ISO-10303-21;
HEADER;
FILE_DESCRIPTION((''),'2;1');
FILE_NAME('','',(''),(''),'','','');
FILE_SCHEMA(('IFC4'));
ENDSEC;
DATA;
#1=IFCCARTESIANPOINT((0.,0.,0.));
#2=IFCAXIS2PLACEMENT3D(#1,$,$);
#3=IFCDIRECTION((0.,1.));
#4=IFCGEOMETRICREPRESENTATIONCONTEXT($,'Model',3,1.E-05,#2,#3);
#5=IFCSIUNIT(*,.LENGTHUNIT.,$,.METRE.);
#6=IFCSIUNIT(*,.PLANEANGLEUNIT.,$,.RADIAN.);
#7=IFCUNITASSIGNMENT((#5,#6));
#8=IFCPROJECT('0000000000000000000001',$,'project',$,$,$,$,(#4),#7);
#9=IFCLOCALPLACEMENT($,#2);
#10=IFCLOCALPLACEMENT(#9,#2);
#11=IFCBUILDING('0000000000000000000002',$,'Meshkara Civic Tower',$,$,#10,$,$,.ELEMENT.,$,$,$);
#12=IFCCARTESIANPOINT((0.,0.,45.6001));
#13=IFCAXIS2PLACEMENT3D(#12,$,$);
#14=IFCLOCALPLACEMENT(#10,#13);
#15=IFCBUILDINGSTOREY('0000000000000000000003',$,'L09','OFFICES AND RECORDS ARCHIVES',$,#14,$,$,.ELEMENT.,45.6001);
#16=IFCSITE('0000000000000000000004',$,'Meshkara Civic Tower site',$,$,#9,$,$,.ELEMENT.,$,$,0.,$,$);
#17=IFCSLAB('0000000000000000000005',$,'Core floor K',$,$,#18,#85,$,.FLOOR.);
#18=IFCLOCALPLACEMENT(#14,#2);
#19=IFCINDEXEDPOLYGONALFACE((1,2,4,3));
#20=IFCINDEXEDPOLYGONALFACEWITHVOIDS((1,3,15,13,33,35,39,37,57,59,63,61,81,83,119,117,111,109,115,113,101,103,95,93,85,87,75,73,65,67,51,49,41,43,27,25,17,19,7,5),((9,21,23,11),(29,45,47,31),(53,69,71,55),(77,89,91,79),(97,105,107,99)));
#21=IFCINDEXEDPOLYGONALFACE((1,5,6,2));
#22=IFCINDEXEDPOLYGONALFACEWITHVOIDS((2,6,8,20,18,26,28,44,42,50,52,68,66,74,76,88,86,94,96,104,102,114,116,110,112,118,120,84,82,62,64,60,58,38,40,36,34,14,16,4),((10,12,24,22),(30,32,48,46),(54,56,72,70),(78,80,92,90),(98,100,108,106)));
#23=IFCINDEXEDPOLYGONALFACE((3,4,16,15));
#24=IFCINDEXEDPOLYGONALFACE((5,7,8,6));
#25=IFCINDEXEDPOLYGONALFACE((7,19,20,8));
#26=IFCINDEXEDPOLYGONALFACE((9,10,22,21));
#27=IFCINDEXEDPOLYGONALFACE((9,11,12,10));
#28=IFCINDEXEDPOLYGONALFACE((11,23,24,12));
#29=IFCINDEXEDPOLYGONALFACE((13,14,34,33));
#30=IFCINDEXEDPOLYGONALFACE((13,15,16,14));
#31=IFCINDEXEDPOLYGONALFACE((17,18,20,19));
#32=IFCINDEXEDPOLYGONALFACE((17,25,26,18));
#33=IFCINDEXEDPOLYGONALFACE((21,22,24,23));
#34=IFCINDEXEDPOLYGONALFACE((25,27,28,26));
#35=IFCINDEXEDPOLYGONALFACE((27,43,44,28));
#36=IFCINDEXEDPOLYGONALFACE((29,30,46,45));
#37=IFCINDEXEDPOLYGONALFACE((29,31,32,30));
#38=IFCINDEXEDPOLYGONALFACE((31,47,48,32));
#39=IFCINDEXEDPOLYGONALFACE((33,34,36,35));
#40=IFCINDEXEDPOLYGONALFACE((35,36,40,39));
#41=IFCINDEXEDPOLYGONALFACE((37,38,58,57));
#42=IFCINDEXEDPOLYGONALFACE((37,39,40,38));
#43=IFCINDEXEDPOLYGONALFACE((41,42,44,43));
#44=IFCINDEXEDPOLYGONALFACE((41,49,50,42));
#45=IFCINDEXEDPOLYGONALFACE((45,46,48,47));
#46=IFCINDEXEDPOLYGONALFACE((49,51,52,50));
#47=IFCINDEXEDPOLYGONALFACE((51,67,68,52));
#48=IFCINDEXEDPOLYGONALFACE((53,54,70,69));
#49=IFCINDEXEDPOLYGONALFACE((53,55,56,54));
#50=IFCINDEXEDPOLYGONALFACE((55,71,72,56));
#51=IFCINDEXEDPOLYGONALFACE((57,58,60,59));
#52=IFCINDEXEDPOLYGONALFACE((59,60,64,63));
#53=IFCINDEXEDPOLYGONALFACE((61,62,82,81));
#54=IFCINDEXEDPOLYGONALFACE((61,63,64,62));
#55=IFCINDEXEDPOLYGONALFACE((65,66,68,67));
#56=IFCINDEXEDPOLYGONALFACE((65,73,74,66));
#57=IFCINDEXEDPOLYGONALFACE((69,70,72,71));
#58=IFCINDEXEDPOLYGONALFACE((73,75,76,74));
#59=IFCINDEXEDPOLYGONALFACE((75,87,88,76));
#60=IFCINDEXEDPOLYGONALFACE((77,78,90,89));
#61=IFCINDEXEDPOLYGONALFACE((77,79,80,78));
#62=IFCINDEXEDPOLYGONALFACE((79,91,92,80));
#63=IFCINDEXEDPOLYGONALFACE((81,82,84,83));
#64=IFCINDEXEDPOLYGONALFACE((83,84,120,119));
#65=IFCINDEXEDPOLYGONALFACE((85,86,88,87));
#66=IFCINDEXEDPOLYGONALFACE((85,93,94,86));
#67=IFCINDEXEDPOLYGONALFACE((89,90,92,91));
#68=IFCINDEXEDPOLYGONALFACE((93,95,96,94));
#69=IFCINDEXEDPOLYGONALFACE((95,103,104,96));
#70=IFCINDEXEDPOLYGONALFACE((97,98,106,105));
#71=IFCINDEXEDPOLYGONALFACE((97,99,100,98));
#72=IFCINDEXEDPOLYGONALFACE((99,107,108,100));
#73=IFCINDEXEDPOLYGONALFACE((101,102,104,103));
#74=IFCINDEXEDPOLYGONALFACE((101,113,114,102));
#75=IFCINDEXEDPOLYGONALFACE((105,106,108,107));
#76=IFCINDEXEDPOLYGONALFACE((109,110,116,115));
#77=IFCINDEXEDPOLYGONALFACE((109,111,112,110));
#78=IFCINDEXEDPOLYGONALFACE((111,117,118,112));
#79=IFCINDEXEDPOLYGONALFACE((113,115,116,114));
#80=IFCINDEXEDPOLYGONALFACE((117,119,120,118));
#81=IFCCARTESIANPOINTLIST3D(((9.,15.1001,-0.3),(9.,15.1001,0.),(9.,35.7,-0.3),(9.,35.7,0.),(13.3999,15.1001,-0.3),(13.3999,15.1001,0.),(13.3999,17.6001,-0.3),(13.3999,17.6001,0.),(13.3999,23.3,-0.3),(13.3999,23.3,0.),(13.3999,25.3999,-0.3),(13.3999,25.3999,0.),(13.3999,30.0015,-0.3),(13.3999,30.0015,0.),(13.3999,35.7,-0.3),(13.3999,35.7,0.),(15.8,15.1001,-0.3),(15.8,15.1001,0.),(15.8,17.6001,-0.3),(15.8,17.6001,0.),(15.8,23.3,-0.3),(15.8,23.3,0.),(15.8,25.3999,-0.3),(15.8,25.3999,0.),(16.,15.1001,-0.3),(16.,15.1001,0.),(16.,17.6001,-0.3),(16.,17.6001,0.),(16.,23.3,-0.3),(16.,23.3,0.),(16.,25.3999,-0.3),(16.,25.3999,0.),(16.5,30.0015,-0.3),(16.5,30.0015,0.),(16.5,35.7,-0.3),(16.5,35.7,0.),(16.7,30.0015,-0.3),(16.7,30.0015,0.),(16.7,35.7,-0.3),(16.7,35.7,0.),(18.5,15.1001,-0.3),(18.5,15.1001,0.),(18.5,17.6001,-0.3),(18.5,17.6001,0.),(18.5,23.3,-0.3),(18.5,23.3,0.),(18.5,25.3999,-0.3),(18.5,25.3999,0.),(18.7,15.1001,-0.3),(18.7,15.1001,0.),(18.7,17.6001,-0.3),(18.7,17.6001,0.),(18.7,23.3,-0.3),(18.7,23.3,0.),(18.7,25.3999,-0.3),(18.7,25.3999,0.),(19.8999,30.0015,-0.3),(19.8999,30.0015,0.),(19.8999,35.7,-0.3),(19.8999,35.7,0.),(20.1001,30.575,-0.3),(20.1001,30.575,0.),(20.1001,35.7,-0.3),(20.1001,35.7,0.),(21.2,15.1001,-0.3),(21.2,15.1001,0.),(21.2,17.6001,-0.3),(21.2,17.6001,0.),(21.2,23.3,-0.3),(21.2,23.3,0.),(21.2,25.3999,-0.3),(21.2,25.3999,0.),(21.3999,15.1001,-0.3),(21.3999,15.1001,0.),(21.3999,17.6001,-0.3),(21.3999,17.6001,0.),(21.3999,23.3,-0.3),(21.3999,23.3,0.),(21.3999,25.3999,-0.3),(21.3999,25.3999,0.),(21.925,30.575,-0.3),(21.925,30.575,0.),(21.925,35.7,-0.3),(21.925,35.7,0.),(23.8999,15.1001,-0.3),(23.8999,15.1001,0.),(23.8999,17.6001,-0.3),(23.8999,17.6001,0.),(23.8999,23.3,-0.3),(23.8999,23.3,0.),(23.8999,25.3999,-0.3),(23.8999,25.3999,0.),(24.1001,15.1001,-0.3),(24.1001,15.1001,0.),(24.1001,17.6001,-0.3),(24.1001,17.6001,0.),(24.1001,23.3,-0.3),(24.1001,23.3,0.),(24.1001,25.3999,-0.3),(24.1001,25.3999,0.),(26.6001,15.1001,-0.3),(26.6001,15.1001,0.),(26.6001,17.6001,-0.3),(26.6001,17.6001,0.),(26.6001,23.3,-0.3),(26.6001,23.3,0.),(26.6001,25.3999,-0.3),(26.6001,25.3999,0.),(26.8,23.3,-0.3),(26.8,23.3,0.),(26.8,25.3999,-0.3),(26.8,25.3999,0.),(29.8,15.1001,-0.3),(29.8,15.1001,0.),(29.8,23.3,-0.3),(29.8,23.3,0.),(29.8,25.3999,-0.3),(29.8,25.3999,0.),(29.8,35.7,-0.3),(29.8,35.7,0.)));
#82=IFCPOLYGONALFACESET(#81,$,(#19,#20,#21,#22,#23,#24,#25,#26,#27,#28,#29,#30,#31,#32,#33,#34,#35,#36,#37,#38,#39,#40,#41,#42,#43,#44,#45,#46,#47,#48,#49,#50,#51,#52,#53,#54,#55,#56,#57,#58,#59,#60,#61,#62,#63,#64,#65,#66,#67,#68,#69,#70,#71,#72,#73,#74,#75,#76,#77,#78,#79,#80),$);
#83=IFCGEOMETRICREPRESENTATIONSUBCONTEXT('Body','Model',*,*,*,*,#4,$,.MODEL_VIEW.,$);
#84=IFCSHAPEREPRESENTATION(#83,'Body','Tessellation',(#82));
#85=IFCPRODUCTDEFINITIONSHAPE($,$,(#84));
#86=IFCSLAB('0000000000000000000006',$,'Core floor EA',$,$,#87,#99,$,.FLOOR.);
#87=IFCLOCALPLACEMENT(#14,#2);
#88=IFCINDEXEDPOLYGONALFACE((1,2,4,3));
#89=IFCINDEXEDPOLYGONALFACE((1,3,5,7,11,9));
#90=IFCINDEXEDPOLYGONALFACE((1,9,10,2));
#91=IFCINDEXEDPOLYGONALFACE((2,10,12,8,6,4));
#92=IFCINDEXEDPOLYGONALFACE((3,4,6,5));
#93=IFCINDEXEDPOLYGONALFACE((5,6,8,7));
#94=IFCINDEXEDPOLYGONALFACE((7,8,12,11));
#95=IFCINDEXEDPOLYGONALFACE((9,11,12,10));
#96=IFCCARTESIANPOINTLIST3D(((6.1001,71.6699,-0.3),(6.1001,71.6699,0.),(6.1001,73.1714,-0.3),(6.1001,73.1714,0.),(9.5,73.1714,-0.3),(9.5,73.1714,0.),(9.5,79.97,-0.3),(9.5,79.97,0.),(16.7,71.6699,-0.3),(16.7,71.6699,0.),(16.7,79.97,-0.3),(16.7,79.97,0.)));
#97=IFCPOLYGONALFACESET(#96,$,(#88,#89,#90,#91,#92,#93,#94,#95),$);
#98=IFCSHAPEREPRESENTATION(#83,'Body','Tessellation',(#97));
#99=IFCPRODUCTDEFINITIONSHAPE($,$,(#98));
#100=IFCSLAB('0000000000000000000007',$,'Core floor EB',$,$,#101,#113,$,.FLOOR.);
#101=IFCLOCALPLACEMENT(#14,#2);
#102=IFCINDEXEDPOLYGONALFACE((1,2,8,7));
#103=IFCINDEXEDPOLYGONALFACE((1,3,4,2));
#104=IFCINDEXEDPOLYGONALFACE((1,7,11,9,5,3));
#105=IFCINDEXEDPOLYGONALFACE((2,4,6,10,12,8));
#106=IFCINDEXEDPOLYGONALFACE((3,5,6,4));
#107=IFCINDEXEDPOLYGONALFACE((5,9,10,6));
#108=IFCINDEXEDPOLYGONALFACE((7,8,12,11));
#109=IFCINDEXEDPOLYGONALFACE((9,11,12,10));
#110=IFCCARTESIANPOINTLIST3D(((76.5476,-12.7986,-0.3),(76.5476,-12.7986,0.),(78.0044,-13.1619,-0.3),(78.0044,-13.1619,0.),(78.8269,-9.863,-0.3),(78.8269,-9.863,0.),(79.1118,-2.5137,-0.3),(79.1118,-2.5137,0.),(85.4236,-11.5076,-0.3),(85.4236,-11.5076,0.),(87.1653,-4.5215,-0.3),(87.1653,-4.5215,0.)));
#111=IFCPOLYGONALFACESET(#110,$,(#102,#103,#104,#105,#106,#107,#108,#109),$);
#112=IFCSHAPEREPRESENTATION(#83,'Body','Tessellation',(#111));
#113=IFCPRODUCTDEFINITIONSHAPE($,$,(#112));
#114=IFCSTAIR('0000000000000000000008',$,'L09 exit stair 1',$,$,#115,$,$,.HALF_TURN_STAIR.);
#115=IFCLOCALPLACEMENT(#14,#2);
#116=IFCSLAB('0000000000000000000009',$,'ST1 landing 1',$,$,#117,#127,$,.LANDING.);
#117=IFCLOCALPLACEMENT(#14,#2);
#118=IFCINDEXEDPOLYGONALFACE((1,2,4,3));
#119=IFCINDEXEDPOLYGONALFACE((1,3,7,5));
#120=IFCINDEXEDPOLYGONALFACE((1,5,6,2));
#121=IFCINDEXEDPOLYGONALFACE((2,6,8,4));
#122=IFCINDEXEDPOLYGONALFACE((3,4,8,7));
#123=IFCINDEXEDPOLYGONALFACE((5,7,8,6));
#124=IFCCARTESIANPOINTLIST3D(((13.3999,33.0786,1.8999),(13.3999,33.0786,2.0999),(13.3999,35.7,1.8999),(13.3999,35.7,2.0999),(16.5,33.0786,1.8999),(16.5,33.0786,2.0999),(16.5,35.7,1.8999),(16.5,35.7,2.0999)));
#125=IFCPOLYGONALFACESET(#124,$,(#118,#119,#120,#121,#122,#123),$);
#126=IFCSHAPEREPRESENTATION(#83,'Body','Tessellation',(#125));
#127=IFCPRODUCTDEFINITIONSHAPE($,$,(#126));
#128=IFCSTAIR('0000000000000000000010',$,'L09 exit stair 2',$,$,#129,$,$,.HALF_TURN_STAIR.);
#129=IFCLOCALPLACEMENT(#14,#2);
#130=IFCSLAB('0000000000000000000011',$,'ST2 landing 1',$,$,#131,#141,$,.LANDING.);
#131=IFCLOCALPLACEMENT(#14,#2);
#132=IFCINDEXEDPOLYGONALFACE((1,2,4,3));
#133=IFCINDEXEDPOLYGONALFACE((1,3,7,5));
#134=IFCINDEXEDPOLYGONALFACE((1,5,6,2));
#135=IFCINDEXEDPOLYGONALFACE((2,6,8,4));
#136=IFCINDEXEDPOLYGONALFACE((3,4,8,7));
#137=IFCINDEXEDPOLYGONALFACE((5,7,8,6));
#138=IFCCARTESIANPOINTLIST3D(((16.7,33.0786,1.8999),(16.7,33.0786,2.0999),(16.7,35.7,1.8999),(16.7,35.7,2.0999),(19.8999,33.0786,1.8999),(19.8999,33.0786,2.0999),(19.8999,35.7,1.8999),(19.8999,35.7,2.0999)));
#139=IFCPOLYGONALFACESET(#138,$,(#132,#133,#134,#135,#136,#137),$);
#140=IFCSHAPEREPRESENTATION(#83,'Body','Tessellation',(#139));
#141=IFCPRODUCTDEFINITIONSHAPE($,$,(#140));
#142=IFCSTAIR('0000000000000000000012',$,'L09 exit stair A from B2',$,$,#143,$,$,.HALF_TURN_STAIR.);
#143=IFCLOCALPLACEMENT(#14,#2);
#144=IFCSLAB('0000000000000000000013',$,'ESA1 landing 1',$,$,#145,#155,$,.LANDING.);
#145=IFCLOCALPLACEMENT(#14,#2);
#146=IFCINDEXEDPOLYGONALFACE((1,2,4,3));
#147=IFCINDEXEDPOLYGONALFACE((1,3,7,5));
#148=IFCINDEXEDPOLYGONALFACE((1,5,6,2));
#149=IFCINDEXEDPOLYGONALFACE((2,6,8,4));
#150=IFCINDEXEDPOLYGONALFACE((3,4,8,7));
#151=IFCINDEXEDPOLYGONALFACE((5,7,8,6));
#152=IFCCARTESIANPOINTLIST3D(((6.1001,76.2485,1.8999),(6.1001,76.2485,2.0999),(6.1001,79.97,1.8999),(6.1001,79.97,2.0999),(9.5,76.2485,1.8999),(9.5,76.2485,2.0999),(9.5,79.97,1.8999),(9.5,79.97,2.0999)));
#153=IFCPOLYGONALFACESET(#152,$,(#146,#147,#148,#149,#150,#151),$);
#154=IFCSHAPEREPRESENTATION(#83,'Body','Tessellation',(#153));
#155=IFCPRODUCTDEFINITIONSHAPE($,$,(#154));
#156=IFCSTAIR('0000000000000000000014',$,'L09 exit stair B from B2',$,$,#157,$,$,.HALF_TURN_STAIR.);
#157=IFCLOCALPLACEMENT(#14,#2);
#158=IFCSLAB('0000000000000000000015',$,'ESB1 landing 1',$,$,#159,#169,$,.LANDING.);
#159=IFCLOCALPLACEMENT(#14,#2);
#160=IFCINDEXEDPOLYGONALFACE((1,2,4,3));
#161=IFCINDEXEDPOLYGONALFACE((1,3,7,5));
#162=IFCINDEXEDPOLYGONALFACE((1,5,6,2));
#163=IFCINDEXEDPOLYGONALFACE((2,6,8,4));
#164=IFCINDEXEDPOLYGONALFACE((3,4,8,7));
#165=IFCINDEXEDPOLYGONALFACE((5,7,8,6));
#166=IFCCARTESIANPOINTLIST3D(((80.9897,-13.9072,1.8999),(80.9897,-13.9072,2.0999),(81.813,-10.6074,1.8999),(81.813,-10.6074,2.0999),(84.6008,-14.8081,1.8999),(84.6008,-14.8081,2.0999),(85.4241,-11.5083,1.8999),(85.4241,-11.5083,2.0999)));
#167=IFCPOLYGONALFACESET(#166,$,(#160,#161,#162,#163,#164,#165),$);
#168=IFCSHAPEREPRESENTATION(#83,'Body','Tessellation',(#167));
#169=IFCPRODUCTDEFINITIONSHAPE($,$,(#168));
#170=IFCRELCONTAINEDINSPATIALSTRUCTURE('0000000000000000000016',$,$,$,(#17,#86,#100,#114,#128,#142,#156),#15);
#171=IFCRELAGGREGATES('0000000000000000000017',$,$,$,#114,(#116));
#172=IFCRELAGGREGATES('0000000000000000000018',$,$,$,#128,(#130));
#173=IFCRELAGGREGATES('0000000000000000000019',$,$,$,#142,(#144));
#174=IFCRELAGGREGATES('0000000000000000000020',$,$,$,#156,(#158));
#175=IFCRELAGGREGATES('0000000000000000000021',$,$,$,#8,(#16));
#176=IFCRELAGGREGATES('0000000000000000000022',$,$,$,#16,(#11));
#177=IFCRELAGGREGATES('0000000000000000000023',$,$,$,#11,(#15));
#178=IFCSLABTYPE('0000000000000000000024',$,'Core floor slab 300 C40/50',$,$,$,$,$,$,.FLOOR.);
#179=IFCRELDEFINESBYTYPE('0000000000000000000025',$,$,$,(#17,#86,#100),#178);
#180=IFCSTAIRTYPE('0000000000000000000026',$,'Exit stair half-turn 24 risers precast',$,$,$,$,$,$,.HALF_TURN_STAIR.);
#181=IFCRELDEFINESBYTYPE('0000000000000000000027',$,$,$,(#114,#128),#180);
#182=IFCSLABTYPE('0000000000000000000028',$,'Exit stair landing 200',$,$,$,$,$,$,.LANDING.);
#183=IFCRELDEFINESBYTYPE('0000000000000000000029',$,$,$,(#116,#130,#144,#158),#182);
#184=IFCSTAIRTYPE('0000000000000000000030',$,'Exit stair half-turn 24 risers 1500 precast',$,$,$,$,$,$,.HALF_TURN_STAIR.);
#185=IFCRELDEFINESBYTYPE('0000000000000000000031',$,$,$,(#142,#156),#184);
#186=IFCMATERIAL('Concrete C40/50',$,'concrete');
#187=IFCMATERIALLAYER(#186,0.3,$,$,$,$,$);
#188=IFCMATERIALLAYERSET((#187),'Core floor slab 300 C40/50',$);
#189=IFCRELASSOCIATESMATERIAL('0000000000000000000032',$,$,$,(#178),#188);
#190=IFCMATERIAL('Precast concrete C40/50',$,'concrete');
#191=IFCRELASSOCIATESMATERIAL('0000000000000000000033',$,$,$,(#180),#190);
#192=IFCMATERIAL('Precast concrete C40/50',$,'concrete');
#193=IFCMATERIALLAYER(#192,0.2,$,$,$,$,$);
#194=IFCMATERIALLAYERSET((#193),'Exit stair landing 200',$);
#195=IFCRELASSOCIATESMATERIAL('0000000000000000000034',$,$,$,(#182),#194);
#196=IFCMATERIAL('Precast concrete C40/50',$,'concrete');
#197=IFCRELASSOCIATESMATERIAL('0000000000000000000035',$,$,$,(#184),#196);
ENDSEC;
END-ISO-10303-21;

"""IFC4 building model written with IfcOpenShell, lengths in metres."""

from ifc_helpers import new_model, si_unit, direction, frame, origin, place, context, subcontext, project, spatial, polyline, outline, extrude, material, layer, layer_set, type_object, element, aggregate, save


model = new_model("IFC4")

# Units and contexts
model_context = context("Model", 3, precision=1e-05, world=origin(), true_north=direction((0.0, 1.0)))
body_context = subcontext(model_context, "Body", "Model", "MODEL_VIEW")
ifc_project = project(units=[si_unit("LENGTHUNIT", "METRE"), si_unit("PLANEANGLEUNIT", "RADIAN")], contexts=[model_context])

# Site, building, storey
site_placement = place(None, origin())
site = spatial("IfcSite", under=ifc_project, at=site_placement, Name="Meshkara Civic Tower site", CompositionType="ELEMENT", RefElevation=0.0)
building_placement = place(site_placement, origin())
building = spatial("IfcBuilding", under=site, at=building_placement, Name="Meshkara Civic Tower", CompositionType="ELEMENT")
storey_placement = place(building_placement, frame((0.0, 0.0, 45.6001)))
storey = spatial("IfcBuildingStorey", under=building, at=storey_placement, Name="L09", Description="OFFICES AND RECORDS ARCHIVES", CompositionType="ELEMENT", Elevation=45.6001)

# Slabs
ifc_material_1 = material(Name="Concrete C40/50", Category="concrete")
ifc_layer_1 = layer(ifc_material_1, 0.3)
ifc_layer_set_1 = layer_set([ifc_layer_1], Name="Core floor slab 300 C40/50")
slab_type_1 = type_object("IfcSlabType", Name="Core floor slab 300 C40/50", PredefinedType="FLOOR", material=ifc_layer_set_1)
slab_1_placement = place(storey_placement, frame((0.0, 0.0, -0.3)))
element("IfcSlab", 1, at=slab_1_placement, inside=storey, type_object=slab_type_1, Name="Core floor K", PredefinedType="FLOOR", context=body_context, shape_type="SweptSolid", body=[
    extrude(outline(polyline([(9.0, 35.7), (13.3999, 35.7), (13.3999, 30.0015), (16.5, 30.0015), (16.5, 35.7), (16.7, 35.7), (16.7, 30.0015), (19.8999, 30.0015), (19.8999, 35.7), (20.1001, 35.7), (20.1001, 30.575), (21.925, 30.575), (21.925, 35.7), (29.8, 35.7), (29.8, 25.3999), (26.8, 25.3999), (26.8, 23.3), (29.8, 23.3), (29.8, 15.1001), (26.6001, 15.1001), (26.6001, 17.6001), (24.1001, 17.6001), (24.1001, 15.1001), (23.8999, 15.1001), (23.8999, 17.6001), (21.3999, 17.6001), (21.3999, 15.1001), (21.2, 15.1001), (21.2, 17.6001), (18.7, 17.6001), (18.7, 15.1001), (18.5, 15.1001), (18.5, 17.6001), (16.0, 17.6001), (16.0, 15.1001), (15.8, 15.1001), (15.8, 17.6001), (13.3999, 17.6001), (13.3999, 15.1001), (9.0, 15.1001), (9.0, 35.7)]), holes=[polyline([(13.3999, 25.3999), (13.3999, 23.3), (15.8, 23.3), (15.8, 25.3999), (13.3999, 25.3999)]), polyline([(18.5, 23.3), (18.5, 25.3999), (16.0, 25.3999), (16.0, 23.3), (18.5, 23.3)]), polyline([(18.7, 25.3999), (18.7, 23.3), (21.2, 23.3), (21.2, 25.3999), (18.7, 25.3999)]), polyline([(23.8999, 23.3), (23.8999, 25.3999), (21.3999, 25.3999), (21.3999, 23.3), (23.8999, 23.3)]), polyline([(26.6001, 23.3), (26.6001, 25.3999), (24.1001, 25.3999), (24.1001, 23.3), (26.6001, 23.3)])]), origin(), (0.0, 0.0, 1.0), 0.3),
])
slab_2_placement = place(storey_placement, frame((0.0, 0.0, -0.3)))
element("IfcSlab", 2, at=slab_2_placement, inside=storey, type_object=slab_type_1, Name="Core floor EA", PredefinedType="FLOOR", context=body_context, shape_type="SweptSolid", body=[
    extrude(outline(polyline([(16.7, 71.6699), (16.7, 79.97), (9.5, 79.97), (9.5, 73.1714), (6.1001, 73.1714), (6.1001, 71.6699), (16.7, 71.6699)])), origin(), (0.0, 0.0, 1.0), 0.3),
])
slab_3_placement = place(storey_placement, frame((0.0, 0.0, -0.3)))
element("IfcSlab", 3, at=slab_3_placement, inside=storey, type_object=slab_type_1, Name="Core floor EB", PredefinedType="FLOOR", context=body_context, shape_type="SweptSolid", body=[
    extrude(outline(polyline([(79.1118, -2.5137), (87.1653, -4.5215), (85.4236, -11.5076), (78.8269, -9.863), (78.0044, -13.1619), (76.5476, -12.7986), (79.1118, -2.5137)])), origin(), (0.0, 0.0, 1.0), 0.3),
])

# Stairs, slabs
ifc_material_2 = material(Name="Precast concrete C40/50", Category="concrete")
stair_type_1 = type_object("IfcStairType", Name="Exit stair half-turn 24 risers precast", PredefinedType="HALF_TURN_STAIR", material=ifc_material_2)
stair_1_placement = place(storey_placement, origin())
stair_1 = element("IfcStair", 4, at=stair_1_placement, inside=storey, type_object=stair_type_1, Name="L09 exit stair 1", PredefinedType="HALF_TURN_STAIR")
ifc_material_3 = material(Name="Precast concrete C40/50", Category="concrete")
ifc_layer_2 = layer(ifc_material_3, 0.2)
ifc_layer_set_2 = layer_set([ifc_layer_2], Name="Exit stair landing 200")
slab_type_2 = type_object("IfcSlabType", Name="Exit stair landing 200", PredefinedType="LANDING", material=ifc_layer_set_2)
slab_4_placement = place(storey_placement, frame((0.0, 0.0, 1.8999)))
slab_4 = element("IfcSlab", 5, at=slab_4_placement, type_object=slab_type_2, Name="ST1 landing 1", PredefinedType="LANDING", context=body_context, shape_type="SweptSolid", body=[
    extrude(outline(polyline([(16.5, 33.0786), (16.5, 35.7), (13.3999, 35.7), (13.3999, 33.0786), (16.5, 33.0786)])), origin(), (0.0, 0.0, 1.0), 0.2),
])
aggregate(stair_1, [slab_4])
stair_2_placement = place(storey_placement, origin())
stair_2 = element("IfcStair", 6, at=stair_2_placement, inside=storey, type_object=stair_type_1, Name="L09 exit stair 2", PredefinedType="HALF_TURN_STAIR")
slab_5_placement = place(storey_placement, frame((0.0, 0.0, 1.8999)))
slab_5 = element("IfcSlab", 7, at=slab_5_placement, type_object=slab_type_2, Name="ST2 landing 1", PredefinedType="LANDING", context=body_context, shape_type="SweptSolid", body=[
    extrude(outline(polyline([(19.8999, 33.0786), (19.8999, 35.7), (16.7, 35.7), (16.7, 33.0786), (19.8999, 33.0786)])), origin(), (0.0, 0.0, 1.0), 0.2),
])
aggregate(stair_2, [slab_5])
ifc_material_4 = material(Name="Precast concrete C40/50", Category="concrete")
stair_type_2 = type_object("IfcStairType", Name="Exit stair half-turn 24 risers 1500 precast", PredefinedType="HALF_TURN_STAIR", material=ifc_material_4)
stair_3_placement = place(storey_placement, origin())
stair_3 = element("IfcStair", 8, at=stair_3_placement, inside=storey, type_object=stair_type_2, Name="L09 exit stair A from B2", PredefinedType="HALF_TURN_STAIR")
slab_6_placement = place(storey_placement, frame((0.0, 0.0, 1.8999)))
slab_6 = element("IfcSlab", 9, at=slab_6_placement, type_object=slab_type_2, Name="ESA1 landing 1", PredefinedType="LANDING", context=body_context, shape_type="SweptSolid", body=[
    extrude(outline(polyline([(9.5, 76.2485), (9.5, 79.97), (6.1001, 79.97), (6.1001, 76.2485), (9.5, 76.2485)])), origin(), (0.0, 0.0, 1.0), 0.2),
])
aggregate(stair_3, [slab_6])
stair_4_placement = place(storey_placement, origin())
stair_4 = element("IfcStair", 10, at=stair_4_placement, inside=storey, type_object=stair_type_2, Name="L09 exit stair B from B2", PredefinedType="HALF_TURN_STAIR")
slab_7_placement = place(storey_placement, frame((0.0, 0.0, 1.8999)))
slab_7 = element("IfcSlab", 11, at=slab_7_placement, type_object=slab_type_2, Name="ESB1 landing 1", PredefinedType="LANDING", context=body_context, shape_type="SweptSolid", body=[
    extrude(outline(polyline([(80.9897, -13.9072), (84.6008, -14.8081), (85.4241, -11.5083), (81.813, -10.6074), (80.9897, -13.9072)])), origin(), (0.0, 0.0, 1.0), 0.2),
])
aggregate(stair_4, [slab_7])

save(model, "model.ifc")
